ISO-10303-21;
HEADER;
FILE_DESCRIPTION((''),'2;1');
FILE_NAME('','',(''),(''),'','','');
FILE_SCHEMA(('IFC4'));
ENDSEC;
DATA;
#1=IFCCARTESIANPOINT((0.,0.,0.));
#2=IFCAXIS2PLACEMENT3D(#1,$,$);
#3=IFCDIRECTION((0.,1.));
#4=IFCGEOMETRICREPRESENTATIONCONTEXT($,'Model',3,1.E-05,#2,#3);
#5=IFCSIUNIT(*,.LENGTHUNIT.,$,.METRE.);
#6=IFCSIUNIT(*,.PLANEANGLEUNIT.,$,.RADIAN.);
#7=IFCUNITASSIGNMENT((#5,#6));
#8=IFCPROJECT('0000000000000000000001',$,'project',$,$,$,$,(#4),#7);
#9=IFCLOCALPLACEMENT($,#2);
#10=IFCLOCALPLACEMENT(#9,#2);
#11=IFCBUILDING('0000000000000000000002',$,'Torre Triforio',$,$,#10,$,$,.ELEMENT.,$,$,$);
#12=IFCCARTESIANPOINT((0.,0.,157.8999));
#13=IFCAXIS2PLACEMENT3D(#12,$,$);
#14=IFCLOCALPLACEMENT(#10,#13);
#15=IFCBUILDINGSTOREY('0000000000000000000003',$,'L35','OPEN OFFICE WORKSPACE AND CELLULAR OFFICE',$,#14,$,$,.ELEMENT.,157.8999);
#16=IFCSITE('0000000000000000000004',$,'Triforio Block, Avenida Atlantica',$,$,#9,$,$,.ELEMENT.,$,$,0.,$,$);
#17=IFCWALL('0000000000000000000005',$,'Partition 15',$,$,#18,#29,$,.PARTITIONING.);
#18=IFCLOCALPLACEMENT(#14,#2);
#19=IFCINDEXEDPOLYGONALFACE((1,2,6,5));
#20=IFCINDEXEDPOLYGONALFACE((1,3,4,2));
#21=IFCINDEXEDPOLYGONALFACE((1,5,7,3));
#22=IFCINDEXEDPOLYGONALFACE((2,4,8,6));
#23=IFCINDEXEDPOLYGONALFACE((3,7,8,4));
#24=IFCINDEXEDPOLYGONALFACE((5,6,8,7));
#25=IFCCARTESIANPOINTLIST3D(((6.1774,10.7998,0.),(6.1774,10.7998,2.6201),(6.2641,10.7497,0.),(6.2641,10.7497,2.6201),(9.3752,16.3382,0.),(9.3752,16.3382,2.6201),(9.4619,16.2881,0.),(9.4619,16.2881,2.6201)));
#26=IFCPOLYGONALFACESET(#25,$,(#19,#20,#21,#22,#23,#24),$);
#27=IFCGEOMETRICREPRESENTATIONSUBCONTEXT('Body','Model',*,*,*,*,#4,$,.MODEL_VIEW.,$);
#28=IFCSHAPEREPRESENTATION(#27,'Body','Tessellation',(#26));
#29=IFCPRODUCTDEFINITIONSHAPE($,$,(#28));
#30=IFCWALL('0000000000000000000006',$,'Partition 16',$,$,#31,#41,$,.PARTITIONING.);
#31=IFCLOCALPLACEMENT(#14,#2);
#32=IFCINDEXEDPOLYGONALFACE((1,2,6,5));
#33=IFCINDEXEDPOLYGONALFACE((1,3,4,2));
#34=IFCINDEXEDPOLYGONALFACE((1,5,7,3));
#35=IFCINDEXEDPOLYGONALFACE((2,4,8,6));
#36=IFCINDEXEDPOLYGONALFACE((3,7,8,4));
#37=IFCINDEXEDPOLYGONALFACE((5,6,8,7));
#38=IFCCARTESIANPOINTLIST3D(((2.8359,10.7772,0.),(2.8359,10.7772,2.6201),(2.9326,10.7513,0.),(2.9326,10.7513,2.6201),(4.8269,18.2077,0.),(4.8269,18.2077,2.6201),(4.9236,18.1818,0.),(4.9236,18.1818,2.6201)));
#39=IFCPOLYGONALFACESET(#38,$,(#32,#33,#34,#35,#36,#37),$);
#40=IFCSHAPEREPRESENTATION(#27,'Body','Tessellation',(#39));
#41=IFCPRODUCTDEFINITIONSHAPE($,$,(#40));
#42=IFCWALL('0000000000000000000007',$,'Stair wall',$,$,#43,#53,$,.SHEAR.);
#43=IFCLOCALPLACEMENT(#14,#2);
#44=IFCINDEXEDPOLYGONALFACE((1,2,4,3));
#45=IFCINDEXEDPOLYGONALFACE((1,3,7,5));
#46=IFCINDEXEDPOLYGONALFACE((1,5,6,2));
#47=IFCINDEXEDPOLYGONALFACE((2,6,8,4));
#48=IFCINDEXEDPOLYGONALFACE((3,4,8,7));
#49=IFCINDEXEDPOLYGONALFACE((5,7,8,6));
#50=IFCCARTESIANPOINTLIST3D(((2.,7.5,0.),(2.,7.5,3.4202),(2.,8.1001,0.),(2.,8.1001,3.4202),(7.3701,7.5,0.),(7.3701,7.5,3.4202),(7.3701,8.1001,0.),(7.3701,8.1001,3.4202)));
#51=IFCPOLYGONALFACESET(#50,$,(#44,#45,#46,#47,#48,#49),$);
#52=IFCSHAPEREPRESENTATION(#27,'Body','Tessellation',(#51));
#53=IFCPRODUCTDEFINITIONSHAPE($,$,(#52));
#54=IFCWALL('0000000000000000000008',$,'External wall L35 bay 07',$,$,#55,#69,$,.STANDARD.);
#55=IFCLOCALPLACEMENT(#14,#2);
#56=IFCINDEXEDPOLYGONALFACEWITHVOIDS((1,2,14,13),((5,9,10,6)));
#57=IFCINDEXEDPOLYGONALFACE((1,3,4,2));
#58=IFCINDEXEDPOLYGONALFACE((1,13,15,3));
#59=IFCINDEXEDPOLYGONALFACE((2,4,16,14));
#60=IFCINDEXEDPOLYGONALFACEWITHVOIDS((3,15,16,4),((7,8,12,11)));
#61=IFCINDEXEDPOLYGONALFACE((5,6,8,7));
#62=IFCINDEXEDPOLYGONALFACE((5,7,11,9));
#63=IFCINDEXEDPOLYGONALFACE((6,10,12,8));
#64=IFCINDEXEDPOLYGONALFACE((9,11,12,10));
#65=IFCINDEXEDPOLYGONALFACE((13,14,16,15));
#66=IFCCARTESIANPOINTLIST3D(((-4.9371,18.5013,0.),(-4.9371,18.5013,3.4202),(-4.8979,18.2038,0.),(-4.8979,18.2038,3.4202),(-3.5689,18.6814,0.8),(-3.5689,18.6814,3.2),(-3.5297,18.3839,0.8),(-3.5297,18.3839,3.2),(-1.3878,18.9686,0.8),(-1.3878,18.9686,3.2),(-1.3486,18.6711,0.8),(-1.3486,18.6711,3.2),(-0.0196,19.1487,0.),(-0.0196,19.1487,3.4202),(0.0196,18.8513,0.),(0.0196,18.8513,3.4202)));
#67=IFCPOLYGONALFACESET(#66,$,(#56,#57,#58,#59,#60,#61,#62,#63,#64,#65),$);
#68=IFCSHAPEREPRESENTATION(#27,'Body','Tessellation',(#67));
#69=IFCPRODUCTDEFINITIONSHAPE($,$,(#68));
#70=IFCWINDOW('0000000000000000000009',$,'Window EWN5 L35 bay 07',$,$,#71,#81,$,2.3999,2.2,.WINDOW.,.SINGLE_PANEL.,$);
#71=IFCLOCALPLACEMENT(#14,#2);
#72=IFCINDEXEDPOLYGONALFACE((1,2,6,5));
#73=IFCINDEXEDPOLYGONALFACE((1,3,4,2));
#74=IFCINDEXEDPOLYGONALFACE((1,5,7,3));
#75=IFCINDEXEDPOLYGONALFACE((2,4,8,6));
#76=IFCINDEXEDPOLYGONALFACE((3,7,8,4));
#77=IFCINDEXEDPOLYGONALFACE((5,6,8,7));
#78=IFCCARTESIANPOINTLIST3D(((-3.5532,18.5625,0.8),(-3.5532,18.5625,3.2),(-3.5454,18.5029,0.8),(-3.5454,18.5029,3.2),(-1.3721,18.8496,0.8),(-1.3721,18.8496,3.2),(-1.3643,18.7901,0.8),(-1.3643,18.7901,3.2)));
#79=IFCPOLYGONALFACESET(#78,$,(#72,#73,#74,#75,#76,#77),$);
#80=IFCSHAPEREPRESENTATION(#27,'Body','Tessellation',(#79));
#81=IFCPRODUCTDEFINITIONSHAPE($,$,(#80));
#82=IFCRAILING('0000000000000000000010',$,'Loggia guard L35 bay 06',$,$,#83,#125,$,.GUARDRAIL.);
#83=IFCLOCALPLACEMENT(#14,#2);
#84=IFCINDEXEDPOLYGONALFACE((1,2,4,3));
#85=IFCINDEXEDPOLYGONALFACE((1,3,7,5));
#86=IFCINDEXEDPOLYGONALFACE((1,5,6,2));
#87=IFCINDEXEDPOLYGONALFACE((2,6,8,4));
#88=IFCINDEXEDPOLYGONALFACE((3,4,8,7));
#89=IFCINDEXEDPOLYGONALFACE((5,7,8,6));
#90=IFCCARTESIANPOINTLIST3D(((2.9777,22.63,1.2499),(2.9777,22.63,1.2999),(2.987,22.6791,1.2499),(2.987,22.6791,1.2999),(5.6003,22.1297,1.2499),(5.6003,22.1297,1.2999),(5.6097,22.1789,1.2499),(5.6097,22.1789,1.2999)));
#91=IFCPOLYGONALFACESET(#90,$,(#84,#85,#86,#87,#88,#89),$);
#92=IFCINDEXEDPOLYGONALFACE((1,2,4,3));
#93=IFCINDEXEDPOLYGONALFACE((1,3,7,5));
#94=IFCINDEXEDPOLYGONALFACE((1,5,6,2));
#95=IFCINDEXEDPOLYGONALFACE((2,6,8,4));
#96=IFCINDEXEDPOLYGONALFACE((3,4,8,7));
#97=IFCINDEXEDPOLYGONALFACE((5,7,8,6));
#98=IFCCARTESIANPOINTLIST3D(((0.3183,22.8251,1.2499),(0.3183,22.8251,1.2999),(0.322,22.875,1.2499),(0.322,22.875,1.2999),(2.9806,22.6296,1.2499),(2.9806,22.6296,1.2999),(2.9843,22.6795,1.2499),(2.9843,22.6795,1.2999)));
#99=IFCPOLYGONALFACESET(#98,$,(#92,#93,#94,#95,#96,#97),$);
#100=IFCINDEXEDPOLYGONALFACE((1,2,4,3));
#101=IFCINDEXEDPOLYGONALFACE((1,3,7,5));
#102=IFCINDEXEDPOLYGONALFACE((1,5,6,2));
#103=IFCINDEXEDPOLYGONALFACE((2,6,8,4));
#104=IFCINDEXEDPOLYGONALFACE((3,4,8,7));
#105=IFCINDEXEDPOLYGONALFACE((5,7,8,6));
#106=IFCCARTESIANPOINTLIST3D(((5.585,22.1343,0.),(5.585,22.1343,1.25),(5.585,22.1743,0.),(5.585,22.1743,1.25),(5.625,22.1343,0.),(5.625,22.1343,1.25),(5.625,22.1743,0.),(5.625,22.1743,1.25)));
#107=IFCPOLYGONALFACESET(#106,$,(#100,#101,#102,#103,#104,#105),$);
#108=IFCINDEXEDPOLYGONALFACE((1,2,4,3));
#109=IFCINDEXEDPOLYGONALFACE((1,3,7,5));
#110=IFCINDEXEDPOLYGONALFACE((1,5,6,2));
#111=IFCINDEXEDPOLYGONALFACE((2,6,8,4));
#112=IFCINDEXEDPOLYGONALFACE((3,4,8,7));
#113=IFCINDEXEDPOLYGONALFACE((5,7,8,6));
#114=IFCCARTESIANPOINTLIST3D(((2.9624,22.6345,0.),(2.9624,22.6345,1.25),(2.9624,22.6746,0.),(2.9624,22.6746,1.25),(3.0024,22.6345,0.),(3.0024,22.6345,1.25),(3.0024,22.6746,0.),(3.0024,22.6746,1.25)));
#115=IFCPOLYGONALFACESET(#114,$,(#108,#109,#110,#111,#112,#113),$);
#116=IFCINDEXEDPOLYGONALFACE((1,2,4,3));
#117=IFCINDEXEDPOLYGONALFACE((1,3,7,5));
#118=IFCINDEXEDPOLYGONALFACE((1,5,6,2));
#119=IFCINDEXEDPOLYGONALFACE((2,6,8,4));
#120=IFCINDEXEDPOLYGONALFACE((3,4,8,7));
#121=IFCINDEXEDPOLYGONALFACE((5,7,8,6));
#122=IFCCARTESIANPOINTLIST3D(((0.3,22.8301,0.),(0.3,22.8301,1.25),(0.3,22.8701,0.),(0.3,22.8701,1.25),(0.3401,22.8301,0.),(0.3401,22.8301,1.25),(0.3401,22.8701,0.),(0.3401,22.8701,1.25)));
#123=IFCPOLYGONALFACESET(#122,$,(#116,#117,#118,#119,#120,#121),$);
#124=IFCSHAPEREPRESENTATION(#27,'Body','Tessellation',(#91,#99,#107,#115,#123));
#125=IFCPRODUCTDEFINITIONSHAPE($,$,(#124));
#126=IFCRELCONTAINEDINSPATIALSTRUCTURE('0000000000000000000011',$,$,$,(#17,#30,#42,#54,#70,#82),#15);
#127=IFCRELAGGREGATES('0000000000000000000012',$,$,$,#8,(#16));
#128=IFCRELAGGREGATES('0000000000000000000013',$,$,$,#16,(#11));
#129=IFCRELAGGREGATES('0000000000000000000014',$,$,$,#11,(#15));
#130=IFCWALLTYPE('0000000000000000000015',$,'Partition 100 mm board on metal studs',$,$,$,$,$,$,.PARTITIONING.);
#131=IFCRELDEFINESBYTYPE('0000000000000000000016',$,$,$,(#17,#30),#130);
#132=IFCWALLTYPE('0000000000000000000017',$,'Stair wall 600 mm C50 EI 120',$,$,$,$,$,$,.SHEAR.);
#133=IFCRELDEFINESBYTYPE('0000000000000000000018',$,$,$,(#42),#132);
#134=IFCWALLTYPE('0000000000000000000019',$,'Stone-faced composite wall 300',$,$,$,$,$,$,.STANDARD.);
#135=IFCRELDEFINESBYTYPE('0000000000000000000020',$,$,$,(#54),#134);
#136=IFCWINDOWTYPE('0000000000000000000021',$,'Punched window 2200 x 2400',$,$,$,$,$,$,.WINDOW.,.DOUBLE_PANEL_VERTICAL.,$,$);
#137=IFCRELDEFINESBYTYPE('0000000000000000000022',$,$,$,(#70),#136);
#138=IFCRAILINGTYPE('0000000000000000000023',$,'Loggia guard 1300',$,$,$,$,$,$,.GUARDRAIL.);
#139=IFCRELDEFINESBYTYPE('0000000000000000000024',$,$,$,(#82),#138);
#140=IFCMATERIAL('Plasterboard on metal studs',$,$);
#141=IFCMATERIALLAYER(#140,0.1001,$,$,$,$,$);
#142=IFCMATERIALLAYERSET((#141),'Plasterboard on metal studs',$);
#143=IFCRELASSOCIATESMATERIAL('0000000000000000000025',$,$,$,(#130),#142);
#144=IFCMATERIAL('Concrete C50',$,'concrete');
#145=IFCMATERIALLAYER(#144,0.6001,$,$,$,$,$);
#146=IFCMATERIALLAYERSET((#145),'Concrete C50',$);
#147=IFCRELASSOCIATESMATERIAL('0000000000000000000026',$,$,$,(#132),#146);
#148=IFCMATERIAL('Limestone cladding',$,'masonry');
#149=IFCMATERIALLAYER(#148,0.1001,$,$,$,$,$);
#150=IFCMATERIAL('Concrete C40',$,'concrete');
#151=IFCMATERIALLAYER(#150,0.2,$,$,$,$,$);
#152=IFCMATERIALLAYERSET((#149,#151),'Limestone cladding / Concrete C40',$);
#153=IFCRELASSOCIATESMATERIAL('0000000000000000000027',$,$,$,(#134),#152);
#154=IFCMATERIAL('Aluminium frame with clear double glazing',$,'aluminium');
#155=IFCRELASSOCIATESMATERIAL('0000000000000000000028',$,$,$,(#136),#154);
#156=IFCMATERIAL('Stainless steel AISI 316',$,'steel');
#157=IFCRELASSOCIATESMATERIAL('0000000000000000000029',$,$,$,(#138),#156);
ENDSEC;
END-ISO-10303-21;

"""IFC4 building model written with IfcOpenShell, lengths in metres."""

from ifc_helpers import new_model, si_unit, direction, frame, frame_2d, origin, origin_2d, place, context, subcontext, project, spatial, rectangle, extrude, material, layer, layer_set, type_object, element, fill, save


model = new_model("IFC4")

# Units and contexts
model_context = context("Model", 3, precision=1e-05, world=origin(), true_north=direction((0.0, 1.0)))
body_context = subcontext(model_context, "Body", "Model", "MODEL_VIEW")
ifc_project = project(units=[si_unit("LENGTHUNIT", "METRE"), si_unit("PLANEANGLEUNIT", "RADIAN")], contexts=[model_context])

# Site, building, storey
site_placement = place(None, origin())
site = spatial("IfcSite", under=ifc_project, at=site_placement, Name="Triforio Block, Avenida Atlantica", CompositionType="ELEMENT", RefElevation=0.0)
building_placement = place(site_placement, origin())
building = spatial("IfcBuilding", under=site, at=building_placement, Name="Torre Triforio", CompositionType="ELEMENT")
storey_placement = place(building_placement, frame((0.0, 0.0, 157.8999)))
storey = spatial("IfcBuildingStorey", under=building, at=storey_placement, Name="L35", Description="OPEN OFFICE WORKSPACE AND CELLULAR OFFICE", CompositionType="ELEMENT", Elevation=157.8999)

# Shared definitions
ifc_material_1 = material(Name="Concrete C50", Category="concrete")

# Shared definitions
ifc_material_2 = material(Name="Concrete C40", Category="concrete")

# Shared definitions
ifc_material_3 = material(Name="Plasterboard on metal studs")

# Walls
ifc_layer_1 = layer(ifc_material_3, 0.1001)
ifc_layer_set_1 = layer_set([ifc_layer_1], Name="Plasterboard on metal studs")
wall_type_1 = type_object("IfcWallType", Name="Partition 100 mm board on metal studs", PredefinedType="PARTITIONING", material=ifc_layer_set_1)
wall_1_placement = place(storey_placement, frame((6.2207, 10.7747, 0.0), z_axis=(0.0, 0.0, 1.0), x_axis=(0.500023, 0.866012, 0.0)))
element("IfcWall", 1, at=wall_1_placement, inside=storey, type_object=wall_type_1, Name="Partition 15", PredefinedType="PARTITIONING", context=body_context, shape_type="SweptSolid", body=[
    extrude(rectangle(XDim=6.3953, YDim=0.1001, at=frame_2d((3.1978, 0.0))), origin(), (0.0, 0.0, 1.0), 2.6201),
])
wall_2_placement = place(storey_placement, frame((2.8843, 10.7644, 0.0), z_axis=(0.0, 0.0, 1.0), x_axis=(0.258818, 0.965926, 0.0)))
element("IfcWall", 2, at=wall_2_placement, inside=storey, type_object=wall_type_1, Name="Partition 16", PredefinedType="PARTITIONING", context=body_context, shape_type="SweptSolid", body=[
    extrude(rectangle(XDim=7.6926, YDim=0.1001, at=frame_2d((3.8462, 0.0))), origin(), (0.0, 0.0, 1.0), 2.6201),
])
ifc_layer_2 = layer(ifc_material_1, 0.6001)
ifc_layer_set_2 = layer_set([ifc_layer_2], Name="Concrete C50")
wall_type_2 = type_object("IfcWallType", Name="Stair wall 600 mm C50 EI 120", PredefinedType="SHEAR", material=ifc_layer_set_2)
wall_3_placement = place(storey_placement, frame((2.0, 7.8, 0.0), z_axis=(0.0, 0.0, 1.0), x_axis=(1.0, 0.0, 0.0)))
element("IfcWall", 3, at=wall_3_placement, inside=storey, type_object=wall_type_2, Name="Stair wall", PredefinedType="SHEAR", context=body_context, shape_type="SweptSolid", body=[
    extrude(rectangle(XDim=5.3701, YDim=0.6001, at=frame_2d((2.6851, 0.0))), origin(), (0.0, 0.0, 1.0), 3.4202),
])

# Shared definitions
ifc_material_4 = material(Name="Limestone cladding", Category="masonry")
ifc_layer_3 = layer(ifc_material_4, 0.1001)
ifc_layer_4 = layer(ifc_material_2, 0.2)
ifc_layer_set_3 = layer_set([ifc_layer_3, ifc_layer_4], Name="Limestone cladding / Concrete C40")
wall_type_3 = type_object("IfcWallType", Name="Stone-faced composite wall 300", PredefinedType="STANDARD", material=ifc_layer_set_3)
ifc_material_5 = material(Name="Aluminium frame with clear double glazing", Category="aluminium")

# Wall, opening, window
wall_4_placement = place(storey_placement, frame((0.0, 19.0, 0.0), z_axis=(0.0, 0.0, 1.0), x_axis=(-0.991443, -0.130539, 0.0)))
wall_4 = element("IfcWall", 4, at=wall_4_placement, inside=storey, type_object=wall_type_3, Name="External wall L35 bay 07", PredefinedType="STANDARD", context=body_context, shape_type="SweptSolid", body=[
    extrude(rectangle(XDim=4.96, YDim=0.3, at=frame_2d((2.48, 0.0))), origin(), (0.0, 0.0, 1.0), 3.4202),
])
opening_1_placement = place(wall_4_placement, frame((1.3799, 0.0, 0.8)))
opening_1 = element("IfcOpeningElement", 5, at=opening_1_placement, cuts=wall_4, PredefinedType="OPENING", context=body_context, shape_type="SweptSolid", body=[
    extrude(rectangle(XDim=2.2, YDim=2.3999, at=frame_2d((1.1001, 1.2))), frame((0.0, 0.1599, 0.0), z_axis=(0.0, -1.0, 0.0), x_axis=(1.0, 0.0, 0.0)), (0.0, 0.0, 1.0), 0.3201),
])
window_type_1 = type_object("IfcWindowType", Name="Punched window 2200 x 2400", PartitioningType="DOUBLE_PANEL_VERTICAL", PredefinedType="WINDOW", material=ifc_material_5)
window_1_placement = place(opening_1_placement, origin())
window_1 = element("IfcWindow", 6, at=window_1_placement, inside=storey, type_object=window_type_1, Name="Window EWN5 L35 bay 07", OverallHeight=2.3999, OverallWidth=2.2, PartitioningType="SINGLE_PANEL", PredefinedType="WINDOW", context=body_context, shape_type="SweptSolid", body=[
    extrude(rectangle(XDim=2.2, YDim=2.3999, at=frame_2d((1.1001, 1.2))), frame((0.0, 0.03, 0.0), z_axis=(0.0, -1.0, 0.0), x_axis=(1.0, 0.0, 0.0)), (0.0, 0.0, 1.0), 0.0601),
])
fill(opening_1, window_1)

# Railing
ifc_material_6 = material(Name="Stainless steel AISI 316", Category="steel")
railing_type = type_object("IfcRailingType", Name="Loggia guard 1300", PredefinedType="GUARDRAIL", material=ifc_material_6)
railing_placement = place(storey_placement, frame((5.605, 22.1543, 0.0)))
element("IfcRailing", 7, at=railing_placement, inside=storey, type_object=railing_type, Name="Loggia guard L35 bay 06", PredefinedType="GUARDRAIL", context=body_context, shape_type="SweptSolid", body=[
    extrude(rectangle(XDim=0.05, YDim=0.05, at=origin_2d()), frame((0.0, 0.0, 1.2749), z_axis=(-0.98229, 0.187368, 0.0), x_axis=(-0.187368, -0.98229, 0.0)), (0.0, 0.0, 1.0), 2.6699),
    extrude(rectangle(XDim=0.05, YDim=0.05, at=origin_2d()), frame((-2.6226, 0.5002, 1.2749), z_axis=(-0.997313, 0.073255, 0.0), x_axis=(-0.073255, -0.997313, 0.0)), (0.0, 0.0, 1.0), 2.6694),
    extrude(rectangle(XDim=0.04, YDim=0.04, at=origin_2d()), origin(), (0.0, 0.0, 1.0), 1.25),
    extrude(rectangle(XDim=0.04, YDim=0.04, at=origin_2d()), frame((-2.6226, 0.5002, 0.0)), (0.0, 0.0, 1.0), 1.25),
    extrude(rectangle(XDim=0.04, YDim=0.04, at=origin_2d()), frame((-5.2849, 0.6958, 0.0)), (0.0, 0.0, 1.0), 1.25),
])

save(model, "model.ifc")
